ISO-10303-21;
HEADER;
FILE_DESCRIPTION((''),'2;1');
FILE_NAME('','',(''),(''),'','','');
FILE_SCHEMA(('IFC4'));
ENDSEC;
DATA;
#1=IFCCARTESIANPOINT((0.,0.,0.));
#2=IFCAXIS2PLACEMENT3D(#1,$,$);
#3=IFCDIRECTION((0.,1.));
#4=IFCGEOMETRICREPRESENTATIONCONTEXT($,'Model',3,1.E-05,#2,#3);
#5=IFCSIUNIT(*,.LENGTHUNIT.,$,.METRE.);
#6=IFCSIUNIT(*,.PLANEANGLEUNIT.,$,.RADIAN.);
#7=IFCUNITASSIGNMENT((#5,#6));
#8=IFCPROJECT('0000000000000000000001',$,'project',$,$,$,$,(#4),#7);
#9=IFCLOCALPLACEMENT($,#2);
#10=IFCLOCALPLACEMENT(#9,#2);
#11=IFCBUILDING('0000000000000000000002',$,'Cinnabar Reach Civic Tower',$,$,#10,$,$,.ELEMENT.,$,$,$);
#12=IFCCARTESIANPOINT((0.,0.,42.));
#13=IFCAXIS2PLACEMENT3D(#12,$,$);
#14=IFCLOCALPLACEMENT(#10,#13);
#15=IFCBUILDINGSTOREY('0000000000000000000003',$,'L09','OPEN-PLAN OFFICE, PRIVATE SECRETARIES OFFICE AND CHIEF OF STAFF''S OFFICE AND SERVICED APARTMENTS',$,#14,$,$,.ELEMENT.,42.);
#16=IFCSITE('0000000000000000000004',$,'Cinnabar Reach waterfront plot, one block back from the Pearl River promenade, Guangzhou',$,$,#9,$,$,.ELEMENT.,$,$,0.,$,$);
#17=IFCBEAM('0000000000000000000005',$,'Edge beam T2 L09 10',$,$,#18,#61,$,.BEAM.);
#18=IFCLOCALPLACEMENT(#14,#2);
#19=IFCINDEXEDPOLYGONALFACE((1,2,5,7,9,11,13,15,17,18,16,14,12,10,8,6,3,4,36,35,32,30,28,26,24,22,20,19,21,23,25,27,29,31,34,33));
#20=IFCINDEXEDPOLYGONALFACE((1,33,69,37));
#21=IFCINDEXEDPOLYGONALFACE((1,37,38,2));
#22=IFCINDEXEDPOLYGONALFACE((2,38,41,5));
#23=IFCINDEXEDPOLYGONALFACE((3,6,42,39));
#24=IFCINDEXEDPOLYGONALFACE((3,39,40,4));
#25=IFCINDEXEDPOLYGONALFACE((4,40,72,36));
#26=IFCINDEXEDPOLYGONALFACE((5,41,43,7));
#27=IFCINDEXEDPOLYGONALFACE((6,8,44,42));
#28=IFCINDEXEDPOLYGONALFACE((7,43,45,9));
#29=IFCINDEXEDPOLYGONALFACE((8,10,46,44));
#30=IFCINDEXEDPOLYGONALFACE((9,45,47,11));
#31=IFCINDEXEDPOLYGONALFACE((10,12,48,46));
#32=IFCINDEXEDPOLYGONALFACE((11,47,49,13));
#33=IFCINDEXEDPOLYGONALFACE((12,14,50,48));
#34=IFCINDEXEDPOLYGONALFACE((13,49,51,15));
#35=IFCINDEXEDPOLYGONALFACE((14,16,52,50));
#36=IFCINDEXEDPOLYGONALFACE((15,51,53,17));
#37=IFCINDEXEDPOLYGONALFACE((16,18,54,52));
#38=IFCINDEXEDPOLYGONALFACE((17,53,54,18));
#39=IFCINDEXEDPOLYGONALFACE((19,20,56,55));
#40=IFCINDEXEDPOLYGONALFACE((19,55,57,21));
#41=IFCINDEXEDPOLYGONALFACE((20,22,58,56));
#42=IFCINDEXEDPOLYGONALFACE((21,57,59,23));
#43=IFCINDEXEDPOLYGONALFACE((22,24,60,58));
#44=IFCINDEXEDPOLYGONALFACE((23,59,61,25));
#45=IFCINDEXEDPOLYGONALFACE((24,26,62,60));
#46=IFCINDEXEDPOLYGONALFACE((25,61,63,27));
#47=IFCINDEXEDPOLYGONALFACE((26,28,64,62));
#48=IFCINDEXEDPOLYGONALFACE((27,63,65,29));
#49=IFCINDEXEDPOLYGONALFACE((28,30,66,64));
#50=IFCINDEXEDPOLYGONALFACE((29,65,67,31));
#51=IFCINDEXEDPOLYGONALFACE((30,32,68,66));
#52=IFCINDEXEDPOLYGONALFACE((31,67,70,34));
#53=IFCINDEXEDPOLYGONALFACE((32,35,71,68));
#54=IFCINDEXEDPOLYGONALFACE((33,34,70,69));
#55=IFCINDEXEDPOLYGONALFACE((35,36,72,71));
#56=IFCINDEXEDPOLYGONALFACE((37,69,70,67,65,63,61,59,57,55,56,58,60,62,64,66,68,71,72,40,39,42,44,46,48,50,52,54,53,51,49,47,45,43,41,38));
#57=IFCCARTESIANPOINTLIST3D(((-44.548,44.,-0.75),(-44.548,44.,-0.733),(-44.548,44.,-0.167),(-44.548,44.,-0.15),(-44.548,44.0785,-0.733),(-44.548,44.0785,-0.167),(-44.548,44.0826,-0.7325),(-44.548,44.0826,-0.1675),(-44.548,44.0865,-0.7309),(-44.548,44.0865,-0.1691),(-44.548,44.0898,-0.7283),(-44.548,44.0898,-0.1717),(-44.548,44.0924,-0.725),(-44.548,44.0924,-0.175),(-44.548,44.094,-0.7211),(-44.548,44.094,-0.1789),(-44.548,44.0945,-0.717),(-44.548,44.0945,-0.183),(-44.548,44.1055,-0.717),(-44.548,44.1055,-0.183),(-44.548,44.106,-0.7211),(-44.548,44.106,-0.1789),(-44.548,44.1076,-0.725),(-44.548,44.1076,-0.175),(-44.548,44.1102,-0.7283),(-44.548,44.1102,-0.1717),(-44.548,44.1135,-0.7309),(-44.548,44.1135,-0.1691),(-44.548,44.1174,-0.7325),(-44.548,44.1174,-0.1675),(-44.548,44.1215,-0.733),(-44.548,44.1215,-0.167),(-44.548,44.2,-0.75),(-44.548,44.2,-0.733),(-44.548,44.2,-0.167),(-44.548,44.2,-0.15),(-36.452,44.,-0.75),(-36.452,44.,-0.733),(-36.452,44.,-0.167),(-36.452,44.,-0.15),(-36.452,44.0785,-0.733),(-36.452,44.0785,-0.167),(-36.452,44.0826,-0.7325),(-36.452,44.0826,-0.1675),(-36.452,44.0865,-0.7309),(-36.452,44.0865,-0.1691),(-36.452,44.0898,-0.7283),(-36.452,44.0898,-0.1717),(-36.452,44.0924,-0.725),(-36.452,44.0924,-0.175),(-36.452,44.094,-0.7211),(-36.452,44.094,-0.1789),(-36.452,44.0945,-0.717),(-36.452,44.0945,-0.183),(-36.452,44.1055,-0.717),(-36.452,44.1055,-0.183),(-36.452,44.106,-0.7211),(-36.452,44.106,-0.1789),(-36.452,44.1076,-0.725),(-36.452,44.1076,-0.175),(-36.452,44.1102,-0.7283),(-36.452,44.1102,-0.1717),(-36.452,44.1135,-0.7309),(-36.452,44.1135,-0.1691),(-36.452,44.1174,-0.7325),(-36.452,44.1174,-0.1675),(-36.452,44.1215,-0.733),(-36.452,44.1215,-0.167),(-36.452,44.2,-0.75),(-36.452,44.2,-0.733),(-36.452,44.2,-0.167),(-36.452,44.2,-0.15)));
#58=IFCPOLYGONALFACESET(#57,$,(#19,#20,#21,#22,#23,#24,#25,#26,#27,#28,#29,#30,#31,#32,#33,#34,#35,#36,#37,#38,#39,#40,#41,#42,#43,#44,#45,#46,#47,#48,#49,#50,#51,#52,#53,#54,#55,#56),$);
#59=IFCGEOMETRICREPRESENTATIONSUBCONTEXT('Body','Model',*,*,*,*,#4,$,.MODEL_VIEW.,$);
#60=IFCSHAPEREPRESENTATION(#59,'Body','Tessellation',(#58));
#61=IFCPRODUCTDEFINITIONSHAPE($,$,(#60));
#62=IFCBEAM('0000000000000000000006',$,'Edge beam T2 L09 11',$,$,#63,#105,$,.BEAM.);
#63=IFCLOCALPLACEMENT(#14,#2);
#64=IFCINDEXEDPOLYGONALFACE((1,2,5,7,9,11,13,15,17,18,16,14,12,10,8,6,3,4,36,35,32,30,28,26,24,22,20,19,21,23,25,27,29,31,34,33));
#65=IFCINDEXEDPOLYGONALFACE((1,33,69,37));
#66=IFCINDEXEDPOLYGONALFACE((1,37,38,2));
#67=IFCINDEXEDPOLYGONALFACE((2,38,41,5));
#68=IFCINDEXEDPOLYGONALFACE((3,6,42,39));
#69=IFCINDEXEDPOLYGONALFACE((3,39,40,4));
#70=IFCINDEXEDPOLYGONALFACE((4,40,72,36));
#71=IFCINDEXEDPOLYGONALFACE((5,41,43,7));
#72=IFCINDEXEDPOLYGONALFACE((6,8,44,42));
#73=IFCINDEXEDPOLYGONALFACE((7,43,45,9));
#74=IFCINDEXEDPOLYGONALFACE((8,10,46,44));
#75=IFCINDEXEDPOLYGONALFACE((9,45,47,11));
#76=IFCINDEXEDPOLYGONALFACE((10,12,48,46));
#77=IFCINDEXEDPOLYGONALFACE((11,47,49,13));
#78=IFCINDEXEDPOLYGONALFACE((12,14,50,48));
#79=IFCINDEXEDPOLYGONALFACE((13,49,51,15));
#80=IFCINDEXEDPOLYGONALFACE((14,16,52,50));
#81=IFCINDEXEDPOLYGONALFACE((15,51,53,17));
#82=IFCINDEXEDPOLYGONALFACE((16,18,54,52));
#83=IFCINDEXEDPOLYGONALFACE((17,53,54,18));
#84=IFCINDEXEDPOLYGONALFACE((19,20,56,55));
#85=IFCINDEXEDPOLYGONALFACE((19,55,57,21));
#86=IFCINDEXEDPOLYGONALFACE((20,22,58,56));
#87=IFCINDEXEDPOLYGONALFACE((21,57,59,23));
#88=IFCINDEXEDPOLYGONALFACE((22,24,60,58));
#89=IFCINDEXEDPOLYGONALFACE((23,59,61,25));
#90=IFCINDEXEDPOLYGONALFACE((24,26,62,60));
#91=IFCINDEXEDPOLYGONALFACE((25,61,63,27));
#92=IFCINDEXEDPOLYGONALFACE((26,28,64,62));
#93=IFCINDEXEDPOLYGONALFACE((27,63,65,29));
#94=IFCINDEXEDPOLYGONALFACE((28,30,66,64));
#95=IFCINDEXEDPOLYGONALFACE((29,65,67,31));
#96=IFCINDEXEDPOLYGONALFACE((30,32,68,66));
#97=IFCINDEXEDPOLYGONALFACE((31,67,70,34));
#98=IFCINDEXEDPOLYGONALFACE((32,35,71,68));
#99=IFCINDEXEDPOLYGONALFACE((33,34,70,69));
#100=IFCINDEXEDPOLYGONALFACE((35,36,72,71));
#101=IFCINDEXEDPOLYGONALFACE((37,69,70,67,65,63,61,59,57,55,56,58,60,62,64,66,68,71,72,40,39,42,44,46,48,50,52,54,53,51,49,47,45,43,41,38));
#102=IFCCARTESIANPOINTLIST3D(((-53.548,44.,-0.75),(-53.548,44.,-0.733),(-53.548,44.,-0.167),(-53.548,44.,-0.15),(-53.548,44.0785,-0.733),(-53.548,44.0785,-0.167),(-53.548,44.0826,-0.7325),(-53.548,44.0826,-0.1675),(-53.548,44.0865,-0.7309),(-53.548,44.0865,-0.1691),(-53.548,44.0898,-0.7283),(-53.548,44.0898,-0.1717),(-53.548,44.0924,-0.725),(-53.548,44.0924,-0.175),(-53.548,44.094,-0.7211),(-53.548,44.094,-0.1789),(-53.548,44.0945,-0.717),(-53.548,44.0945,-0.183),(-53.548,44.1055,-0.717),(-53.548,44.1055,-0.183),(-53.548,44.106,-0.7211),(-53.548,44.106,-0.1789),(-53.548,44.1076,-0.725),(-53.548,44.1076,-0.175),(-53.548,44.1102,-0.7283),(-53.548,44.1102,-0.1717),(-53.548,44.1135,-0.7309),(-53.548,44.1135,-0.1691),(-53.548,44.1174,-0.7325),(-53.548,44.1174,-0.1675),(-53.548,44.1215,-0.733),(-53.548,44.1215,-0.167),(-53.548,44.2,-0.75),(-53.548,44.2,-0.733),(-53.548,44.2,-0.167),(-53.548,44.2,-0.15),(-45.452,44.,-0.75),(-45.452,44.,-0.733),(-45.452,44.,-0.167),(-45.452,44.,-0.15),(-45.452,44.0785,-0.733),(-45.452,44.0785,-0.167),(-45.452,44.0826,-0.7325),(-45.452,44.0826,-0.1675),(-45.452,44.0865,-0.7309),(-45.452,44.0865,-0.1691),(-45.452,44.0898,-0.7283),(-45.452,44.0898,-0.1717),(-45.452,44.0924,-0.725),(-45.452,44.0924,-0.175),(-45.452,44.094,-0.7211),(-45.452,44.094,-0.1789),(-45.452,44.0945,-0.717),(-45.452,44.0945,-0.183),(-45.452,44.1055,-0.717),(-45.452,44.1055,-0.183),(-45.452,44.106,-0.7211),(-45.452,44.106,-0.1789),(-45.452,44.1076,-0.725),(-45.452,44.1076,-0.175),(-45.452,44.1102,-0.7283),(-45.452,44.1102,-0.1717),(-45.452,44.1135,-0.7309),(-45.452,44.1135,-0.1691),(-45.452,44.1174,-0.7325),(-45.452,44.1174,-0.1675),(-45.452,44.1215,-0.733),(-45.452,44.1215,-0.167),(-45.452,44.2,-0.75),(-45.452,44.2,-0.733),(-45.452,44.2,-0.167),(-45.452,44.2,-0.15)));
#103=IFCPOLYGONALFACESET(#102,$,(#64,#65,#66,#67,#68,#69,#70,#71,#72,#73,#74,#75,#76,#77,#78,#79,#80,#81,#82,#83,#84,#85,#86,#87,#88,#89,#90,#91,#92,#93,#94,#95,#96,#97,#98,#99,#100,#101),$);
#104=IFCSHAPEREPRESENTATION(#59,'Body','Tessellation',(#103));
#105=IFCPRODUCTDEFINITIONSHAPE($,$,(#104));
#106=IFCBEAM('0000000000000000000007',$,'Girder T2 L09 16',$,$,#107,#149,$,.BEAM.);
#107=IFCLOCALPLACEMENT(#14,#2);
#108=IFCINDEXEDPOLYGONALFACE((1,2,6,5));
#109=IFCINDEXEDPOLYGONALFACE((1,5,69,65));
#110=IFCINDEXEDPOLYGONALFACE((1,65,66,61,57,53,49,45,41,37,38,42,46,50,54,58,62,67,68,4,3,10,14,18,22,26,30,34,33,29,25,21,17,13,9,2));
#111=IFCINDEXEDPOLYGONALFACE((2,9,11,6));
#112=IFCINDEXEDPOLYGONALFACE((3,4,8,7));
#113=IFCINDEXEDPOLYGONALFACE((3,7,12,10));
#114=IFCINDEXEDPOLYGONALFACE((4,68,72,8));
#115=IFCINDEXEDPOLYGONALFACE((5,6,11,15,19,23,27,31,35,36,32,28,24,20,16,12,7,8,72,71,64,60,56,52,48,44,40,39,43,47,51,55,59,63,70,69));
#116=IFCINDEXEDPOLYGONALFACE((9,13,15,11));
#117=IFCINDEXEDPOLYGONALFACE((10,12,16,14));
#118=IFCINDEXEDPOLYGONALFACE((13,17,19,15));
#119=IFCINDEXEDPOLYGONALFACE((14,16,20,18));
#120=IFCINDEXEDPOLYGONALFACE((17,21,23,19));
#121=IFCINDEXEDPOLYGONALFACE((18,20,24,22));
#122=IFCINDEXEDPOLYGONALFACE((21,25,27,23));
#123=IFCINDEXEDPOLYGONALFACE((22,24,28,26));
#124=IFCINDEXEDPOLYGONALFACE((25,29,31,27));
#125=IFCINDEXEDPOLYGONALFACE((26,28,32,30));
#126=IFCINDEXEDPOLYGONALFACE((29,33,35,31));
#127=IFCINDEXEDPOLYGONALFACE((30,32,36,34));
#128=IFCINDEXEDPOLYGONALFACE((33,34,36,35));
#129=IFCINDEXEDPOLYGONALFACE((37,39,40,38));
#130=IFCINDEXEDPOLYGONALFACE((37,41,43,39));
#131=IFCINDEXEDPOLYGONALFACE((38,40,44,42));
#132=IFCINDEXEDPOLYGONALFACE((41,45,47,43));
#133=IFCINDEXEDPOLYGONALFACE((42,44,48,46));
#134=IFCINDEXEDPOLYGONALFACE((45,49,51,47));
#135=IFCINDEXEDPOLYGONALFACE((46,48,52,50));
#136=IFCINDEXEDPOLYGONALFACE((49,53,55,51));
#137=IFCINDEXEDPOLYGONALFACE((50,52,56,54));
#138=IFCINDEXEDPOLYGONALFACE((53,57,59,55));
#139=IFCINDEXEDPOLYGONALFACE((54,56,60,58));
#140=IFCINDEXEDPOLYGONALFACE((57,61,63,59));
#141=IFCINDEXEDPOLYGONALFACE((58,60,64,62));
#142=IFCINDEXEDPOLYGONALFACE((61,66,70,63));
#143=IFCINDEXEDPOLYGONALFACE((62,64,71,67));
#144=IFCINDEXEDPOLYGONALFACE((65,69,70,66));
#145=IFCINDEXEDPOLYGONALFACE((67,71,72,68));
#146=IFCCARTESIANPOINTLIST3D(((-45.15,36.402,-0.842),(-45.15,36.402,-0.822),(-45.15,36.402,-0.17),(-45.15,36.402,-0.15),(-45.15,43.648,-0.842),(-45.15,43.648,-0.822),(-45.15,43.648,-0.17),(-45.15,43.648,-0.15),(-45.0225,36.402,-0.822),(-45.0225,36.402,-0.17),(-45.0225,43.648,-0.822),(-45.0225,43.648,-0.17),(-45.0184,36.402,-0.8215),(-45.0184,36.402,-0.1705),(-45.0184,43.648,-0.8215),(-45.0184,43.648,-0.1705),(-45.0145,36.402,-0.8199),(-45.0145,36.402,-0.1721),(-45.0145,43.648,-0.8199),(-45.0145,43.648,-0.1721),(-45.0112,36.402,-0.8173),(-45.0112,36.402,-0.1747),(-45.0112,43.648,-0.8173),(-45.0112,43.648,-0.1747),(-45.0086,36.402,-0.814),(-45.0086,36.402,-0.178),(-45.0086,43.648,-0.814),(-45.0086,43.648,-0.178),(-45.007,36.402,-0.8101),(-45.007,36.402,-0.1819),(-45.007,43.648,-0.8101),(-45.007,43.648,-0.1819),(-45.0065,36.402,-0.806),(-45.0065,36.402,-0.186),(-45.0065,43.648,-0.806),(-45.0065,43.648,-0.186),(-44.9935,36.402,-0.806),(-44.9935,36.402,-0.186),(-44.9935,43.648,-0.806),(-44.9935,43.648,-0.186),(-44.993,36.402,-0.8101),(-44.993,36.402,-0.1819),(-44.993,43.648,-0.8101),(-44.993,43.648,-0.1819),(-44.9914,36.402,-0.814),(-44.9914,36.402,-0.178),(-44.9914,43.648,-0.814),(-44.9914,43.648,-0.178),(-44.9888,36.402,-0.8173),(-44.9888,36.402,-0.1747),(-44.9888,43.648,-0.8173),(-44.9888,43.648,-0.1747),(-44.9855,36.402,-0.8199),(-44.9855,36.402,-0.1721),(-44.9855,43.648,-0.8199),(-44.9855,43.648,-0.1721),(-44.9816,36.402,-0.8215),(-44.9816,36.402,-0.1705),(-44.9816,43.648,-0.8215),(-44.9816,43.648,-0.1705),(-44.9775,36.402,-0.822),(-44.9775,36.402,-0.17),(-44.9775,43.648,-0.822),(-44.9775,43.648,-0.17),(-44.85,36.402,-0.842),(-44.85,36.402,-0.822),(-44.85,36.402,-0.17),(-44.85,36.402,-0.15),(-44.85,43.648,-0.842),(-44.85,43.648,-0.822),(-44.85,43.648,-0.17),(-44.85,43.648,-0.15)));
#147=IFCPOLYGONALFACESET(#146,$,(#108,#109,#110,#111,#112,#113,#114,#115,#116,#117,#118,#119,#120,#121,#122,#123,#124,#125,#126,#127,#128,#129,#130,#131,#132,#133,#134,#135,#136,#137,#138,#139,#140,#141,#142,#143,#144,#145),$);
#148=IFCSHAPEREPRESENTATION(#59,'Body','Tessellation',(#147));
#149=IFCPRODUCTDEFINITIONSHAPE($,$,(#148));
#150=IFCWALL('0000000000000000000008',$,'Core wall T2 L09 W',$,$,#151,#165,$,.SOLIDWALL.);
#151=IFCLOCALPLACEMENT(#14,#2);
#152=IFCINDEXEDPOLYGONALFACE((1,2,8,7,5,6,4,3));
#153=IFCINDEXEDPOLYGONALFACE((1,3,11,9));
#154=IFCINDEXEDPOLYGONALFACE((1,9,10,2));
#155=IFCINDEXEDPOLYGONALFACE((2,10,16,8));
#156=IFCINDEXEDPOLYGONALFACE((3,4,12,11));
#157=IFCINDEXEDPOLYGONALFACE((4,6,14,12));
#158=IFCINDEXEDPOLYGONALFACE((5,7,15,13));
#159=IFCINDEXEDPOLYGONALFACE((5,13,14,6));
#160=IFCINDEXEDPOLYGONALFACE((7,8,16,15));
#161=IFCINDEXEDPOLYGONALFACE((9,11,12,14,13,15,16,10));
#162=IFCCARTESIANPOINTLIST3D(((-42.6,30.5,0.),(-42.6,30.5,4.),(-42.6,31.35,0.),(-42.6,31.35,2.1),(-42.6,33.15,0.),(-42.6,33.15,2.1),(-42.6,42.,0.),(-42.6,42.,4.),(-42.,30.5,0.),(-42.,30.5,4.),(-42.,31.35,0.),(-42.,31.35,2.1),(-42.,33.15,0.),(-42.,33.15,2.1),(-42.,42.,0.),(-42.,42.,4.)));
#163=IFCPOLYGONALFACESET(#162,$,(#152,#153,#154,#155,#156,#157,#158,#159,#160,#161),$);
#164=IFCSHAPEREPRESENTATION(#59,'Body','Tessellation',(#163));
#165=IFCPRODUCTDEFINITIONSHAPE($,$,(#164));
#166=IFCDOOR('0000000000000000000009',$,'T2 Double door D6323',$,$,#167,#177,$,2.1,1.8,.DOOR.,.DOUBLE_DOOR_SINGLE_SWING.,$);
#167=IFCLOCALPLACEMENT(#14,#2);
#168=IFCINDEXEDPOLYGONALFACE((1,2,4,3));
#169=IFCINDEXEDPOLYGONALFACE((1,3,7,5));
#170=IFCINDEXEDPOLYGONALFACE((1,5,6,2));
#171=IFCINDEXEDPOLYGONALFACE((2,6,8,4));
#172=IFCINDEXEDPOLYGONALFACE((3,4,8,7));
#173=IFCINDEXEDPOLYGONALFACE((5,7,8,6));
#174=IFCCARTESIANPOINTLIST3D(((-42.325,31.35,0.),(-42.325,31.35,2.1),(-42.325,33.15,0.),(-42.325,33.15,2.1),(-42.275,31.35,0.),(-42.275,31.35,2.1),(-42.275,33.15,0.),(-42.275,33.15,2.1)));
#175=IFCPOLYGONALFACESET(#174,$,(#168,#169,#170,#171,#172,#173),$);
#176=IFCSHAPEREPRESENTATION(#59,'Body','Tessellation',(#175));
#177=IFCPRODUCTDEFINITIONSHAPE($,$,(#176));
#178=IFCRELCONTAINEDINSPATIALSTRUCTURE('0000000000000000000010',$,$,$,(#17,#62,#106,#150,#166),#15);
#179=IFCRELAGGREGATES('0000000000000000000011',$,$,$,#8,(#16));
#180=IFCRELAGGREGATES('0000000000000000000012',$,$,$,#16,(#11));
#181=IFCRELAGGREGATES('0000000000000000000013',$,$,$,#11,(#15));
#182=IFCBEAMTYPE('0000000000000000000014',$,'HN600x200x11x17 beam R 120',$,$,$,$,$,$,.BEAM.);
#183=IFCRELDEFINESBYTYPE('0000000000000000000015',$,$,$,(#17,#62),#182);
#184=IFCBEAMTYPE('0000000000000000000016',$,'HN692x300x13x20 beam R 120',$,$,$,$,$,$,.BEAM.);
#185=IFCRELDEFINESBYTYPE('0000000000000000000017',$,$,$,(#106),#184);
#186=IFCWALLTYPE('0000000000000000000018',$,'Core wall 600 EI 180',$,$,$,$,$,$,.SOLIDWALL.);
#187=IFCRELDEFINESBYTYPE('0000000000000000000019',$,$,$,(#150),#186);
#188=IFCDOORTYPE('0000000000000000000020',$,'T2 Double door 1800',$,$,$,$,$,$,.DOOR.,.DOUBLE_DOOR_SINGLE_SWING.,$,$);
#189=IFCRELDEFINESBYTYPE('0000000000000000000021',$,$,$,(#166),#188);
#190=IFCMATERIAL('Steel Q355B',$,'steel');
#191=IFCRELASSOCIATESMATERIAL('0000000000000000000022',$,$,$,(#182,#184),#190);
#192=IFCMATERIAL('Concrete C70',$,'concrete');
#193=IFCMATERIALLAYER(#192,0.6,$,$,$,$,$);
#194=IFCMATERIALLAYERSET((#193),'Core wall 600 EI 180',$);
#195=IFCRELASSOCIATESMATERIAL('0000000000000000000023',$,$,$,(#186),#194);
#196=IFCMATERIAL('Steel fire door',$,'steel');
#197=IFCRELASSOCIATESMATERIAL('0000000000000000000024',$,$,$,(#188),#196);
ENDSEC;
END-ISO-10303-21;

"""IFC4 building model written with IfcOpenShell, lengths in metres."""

from ifc_helpers import new_model, si_unit, direction, frame, frame_2d, origin, origin_2d, place, context, subcontext, project, spatial, rectangle, i_section, extrude, material, layer, layer_set, material_profile, profile_set, type_object, element, fill, save


model = new_model("IFC4")

# Units and contexts
model_context = context("Model", 3, precision=1e-05, world=origin(), true_north=direction((0.0, 1.0)))
body_context = subcontext(model_context, "Body", "Model", "MODEL_VIEW")
ifc_project = project(units=[si_unit("LENGTHUNIT", "METRE"), si_unit("PLANEANGLEUNIT", "RADIAN")], contexts=[model_context])

# Site, building, storey
site_placement = place(None, origin())
site = spatial("IfcSite", under=ifc_project, at=site_placement, Name="Cinnabar Reach waterfront plot, one block back from the Pearl River promenade, Guangzhou", CompositionType="ELEMENT", RefElevation=0.0)
building_placement = place(site_placement, origin())
building = spatial("IfcBuilding", under=site, at=building_placement, Name="Cinnabar Reach Civic Tower", CompositionType="ELEMENT")
storey_placement = place(building_placement, frame((0.0, 0.0, 42.0)))
storey = spatial("IfcBuildingStorey", under=building, at=storey_placement, Name="L09", Description="OPEN-PLAN OFFICE, PRIVATE SECRETARIES OFFICE AND CHIEF OF STAFF'S OFFICE AND SERVICED APARTMENTS", CompositionType="ELEMENT", Elevation=42.0)

# Shared definitions
ifc_material_1 = material(Name="Concrete C70", Category="concrete")

# Beams
ifc_material_2 = material(Name="Steel Q355B", Category="steel")
ifc_material_profile_1 = material_profile(ifc_material_2, i_section(OverallWidth=0.2, OverallDepth=0.6, WebThickness=0.011, FlangeThickness=0.017, FilletRadius=0.016, at=origin_2d()), Name="HN600x200x11x17")
ifc_profile_set_1 = profile_set([ifc_material_profile_1], Name="Steel Q355B")
beam_type_1 = type_object("IfcBeamType", Name="HN600x200x11x17 beam R 120", PredefinedType="BEAM", material=ifc_profile_set_1)
for number, where, z_axis, x_axis, name in (
    (1, (-36.452, 44.1, -0.45), (-1.0, 0.0, 0.0), (0.0, -1.0, 0.0), "Edge beam T2 L09 10"),
    (2, (-45.452, 44.1, -0.45), (-1.0, 0.0, 0.0), (0.0, -1.0, 0.0), "Edge beam T2 L09 11"),
):
    element("IfcBeam", number, at=place(storey_placement, frame(where, z_axis=z_axis, x_axis=x_axis)), inside=storey, type_object=beam_type_1, Name=name, PredefinedType="BEAM", context=body_context, shape_type="SweptSolid", body=[
        extrude(i_section(OverallWidth=0.2, OverallDepth=0.6, WebThickness=0.011, FlangeThickness=0.017, FilletRadius=0.016, at=origin_2d()), origin(), (0.0, 0.0, 1.0), 8.096),
    ])
ifc_material_profile_2 = material_profile(ifc_material_2, i_section(OverallWidth=0.3, OverallDepth=0.692, WebThickness=0.013, FlangeThickness=0.02, FilletRadius=0.016, at=origin_2d()), Name="HN692x300x13x20")
ifc_profile_set_2 = profile_set([ifc_material_profile_2], Name="Steel Q355B")
beam_type_2 = type_object("IfcBeamType", Name="HN692x300x13x20 beam R 120", PredefinedType="BEAM", material=ifc_profile_set_2)
beam_1_placement = place(storey_placement, frame((-45.0, 36.402, -0.496), z_axis=(0.0, 1.0, 0.0), x_axis=(-1.0, 0.0, 0.0)))
element("IfcBeam", 3, at=beam_1_placement, inside=storey, type_object=beam_type_2, Name="Girder T2 L09 16", PredefinedType="BEAM", context=body_context, shape_type="SweptSolid", body=[
    extrude(i_section(OverallWidth=0.3, OverallDepth=0.692, WebThickness=0.013, FlangeThickness=0.02, FilletRadius=0.016, at=origin_2d()), origin(), (0.0, 0.0, 1.0), 7.246),
])

# Wall, opening, door
ifc_layer_1 = layer(ifc_material_1, 0.6)
ifc_layer_set_1 = layer_set([ifc_layer_1], Name="Core wall 600 EI 180")
wall_type_1 = type_object("IfcWallType", Name="Core wall 600 EI 180", PredefinedType="SOLIDWALL", material=ifc_layer_set_1)
wall_1_placement = place(storey_placement, frame((-42.3, 42.0, 0.0), z_axis=(0.0, 0.0, 1.0), x_axis=(0.0, -1.0, 0.0)))
wall_1 = element("IfcWall", 4, at=wall_1_placement, inside=storey, type_object=wall_type_1, Name="Core wall T2 L09 W", PredefinedType="SOLIDWALL", context=body_context, shape_type="SweptSolid", body=[
    extrude(rectangle(XDim=11.5, YDim=0.6, at=frame_2d((5.75, 0.0))), origin(), (0.0, 0.0, 1.0), 4.0),
])
opening_1_placement = place(wall_1_placement, frame((8.85, 0.0, 0.0)))
opening_1 = element("IfcOpeningElement", 5, at=opening_1_placement, cuts=wall_1, PredefinedType="OPENING", context=body_context, shape_type="SweptSolid", body=[
    extrude(rectangle(XDim=1.8, YDim=2.1, at=frame_2d((0.9, 1.05))), frame((0.0, 0.31, 0.0), z_axis=(0.0, -1.0, 0.0), x_axis=(1.0, 0.0, 0.0)), (0.0, 0.0, 1.0), 0.62),
])
ifc_material_3 = material(Name="Steel fire door", Category="steel")
door_type_1 = type_object("IfcDoorType", Name="T2 Double door 1800", OperationType="DOUBLE_DOOR_SINGLE_SWING", PredefinedType="DOOR", material=ifc_material_3)
door_1_placement = place(opening_1_placement, frame((1.8, 0.0, 0.0), z_axis=(0.0, 0.0, 1.0), x_axis=(-1.0, 0.0, 0.0)))
door_1 = element("IfcDoor", 6, at=door_1_placement, inside=storey, type_object=door_type_1, Name="T2 Double door D6323", OperationType="DOUBLE_DOOR_SINGLE_SWING", OverallHeight=2.1, OverallWidth=1.8, PredefinedType="DOOR", context=body_context, shape_type="SweptSolid", body=[
    extrude(rectangle(XDim=1.8, YDim=2.1, at=frame_2d((0.9, 1.05))), frame((0.0, 0.025, 0.0), z_axis=(0.0, -1.0, 0.0), x_axis=(1.0, 0.0, 0.0)), (0.0, 0.0, 1.0), 0.05),
])
fill(opening_1, door_1)

save(model, "model.ifc")
